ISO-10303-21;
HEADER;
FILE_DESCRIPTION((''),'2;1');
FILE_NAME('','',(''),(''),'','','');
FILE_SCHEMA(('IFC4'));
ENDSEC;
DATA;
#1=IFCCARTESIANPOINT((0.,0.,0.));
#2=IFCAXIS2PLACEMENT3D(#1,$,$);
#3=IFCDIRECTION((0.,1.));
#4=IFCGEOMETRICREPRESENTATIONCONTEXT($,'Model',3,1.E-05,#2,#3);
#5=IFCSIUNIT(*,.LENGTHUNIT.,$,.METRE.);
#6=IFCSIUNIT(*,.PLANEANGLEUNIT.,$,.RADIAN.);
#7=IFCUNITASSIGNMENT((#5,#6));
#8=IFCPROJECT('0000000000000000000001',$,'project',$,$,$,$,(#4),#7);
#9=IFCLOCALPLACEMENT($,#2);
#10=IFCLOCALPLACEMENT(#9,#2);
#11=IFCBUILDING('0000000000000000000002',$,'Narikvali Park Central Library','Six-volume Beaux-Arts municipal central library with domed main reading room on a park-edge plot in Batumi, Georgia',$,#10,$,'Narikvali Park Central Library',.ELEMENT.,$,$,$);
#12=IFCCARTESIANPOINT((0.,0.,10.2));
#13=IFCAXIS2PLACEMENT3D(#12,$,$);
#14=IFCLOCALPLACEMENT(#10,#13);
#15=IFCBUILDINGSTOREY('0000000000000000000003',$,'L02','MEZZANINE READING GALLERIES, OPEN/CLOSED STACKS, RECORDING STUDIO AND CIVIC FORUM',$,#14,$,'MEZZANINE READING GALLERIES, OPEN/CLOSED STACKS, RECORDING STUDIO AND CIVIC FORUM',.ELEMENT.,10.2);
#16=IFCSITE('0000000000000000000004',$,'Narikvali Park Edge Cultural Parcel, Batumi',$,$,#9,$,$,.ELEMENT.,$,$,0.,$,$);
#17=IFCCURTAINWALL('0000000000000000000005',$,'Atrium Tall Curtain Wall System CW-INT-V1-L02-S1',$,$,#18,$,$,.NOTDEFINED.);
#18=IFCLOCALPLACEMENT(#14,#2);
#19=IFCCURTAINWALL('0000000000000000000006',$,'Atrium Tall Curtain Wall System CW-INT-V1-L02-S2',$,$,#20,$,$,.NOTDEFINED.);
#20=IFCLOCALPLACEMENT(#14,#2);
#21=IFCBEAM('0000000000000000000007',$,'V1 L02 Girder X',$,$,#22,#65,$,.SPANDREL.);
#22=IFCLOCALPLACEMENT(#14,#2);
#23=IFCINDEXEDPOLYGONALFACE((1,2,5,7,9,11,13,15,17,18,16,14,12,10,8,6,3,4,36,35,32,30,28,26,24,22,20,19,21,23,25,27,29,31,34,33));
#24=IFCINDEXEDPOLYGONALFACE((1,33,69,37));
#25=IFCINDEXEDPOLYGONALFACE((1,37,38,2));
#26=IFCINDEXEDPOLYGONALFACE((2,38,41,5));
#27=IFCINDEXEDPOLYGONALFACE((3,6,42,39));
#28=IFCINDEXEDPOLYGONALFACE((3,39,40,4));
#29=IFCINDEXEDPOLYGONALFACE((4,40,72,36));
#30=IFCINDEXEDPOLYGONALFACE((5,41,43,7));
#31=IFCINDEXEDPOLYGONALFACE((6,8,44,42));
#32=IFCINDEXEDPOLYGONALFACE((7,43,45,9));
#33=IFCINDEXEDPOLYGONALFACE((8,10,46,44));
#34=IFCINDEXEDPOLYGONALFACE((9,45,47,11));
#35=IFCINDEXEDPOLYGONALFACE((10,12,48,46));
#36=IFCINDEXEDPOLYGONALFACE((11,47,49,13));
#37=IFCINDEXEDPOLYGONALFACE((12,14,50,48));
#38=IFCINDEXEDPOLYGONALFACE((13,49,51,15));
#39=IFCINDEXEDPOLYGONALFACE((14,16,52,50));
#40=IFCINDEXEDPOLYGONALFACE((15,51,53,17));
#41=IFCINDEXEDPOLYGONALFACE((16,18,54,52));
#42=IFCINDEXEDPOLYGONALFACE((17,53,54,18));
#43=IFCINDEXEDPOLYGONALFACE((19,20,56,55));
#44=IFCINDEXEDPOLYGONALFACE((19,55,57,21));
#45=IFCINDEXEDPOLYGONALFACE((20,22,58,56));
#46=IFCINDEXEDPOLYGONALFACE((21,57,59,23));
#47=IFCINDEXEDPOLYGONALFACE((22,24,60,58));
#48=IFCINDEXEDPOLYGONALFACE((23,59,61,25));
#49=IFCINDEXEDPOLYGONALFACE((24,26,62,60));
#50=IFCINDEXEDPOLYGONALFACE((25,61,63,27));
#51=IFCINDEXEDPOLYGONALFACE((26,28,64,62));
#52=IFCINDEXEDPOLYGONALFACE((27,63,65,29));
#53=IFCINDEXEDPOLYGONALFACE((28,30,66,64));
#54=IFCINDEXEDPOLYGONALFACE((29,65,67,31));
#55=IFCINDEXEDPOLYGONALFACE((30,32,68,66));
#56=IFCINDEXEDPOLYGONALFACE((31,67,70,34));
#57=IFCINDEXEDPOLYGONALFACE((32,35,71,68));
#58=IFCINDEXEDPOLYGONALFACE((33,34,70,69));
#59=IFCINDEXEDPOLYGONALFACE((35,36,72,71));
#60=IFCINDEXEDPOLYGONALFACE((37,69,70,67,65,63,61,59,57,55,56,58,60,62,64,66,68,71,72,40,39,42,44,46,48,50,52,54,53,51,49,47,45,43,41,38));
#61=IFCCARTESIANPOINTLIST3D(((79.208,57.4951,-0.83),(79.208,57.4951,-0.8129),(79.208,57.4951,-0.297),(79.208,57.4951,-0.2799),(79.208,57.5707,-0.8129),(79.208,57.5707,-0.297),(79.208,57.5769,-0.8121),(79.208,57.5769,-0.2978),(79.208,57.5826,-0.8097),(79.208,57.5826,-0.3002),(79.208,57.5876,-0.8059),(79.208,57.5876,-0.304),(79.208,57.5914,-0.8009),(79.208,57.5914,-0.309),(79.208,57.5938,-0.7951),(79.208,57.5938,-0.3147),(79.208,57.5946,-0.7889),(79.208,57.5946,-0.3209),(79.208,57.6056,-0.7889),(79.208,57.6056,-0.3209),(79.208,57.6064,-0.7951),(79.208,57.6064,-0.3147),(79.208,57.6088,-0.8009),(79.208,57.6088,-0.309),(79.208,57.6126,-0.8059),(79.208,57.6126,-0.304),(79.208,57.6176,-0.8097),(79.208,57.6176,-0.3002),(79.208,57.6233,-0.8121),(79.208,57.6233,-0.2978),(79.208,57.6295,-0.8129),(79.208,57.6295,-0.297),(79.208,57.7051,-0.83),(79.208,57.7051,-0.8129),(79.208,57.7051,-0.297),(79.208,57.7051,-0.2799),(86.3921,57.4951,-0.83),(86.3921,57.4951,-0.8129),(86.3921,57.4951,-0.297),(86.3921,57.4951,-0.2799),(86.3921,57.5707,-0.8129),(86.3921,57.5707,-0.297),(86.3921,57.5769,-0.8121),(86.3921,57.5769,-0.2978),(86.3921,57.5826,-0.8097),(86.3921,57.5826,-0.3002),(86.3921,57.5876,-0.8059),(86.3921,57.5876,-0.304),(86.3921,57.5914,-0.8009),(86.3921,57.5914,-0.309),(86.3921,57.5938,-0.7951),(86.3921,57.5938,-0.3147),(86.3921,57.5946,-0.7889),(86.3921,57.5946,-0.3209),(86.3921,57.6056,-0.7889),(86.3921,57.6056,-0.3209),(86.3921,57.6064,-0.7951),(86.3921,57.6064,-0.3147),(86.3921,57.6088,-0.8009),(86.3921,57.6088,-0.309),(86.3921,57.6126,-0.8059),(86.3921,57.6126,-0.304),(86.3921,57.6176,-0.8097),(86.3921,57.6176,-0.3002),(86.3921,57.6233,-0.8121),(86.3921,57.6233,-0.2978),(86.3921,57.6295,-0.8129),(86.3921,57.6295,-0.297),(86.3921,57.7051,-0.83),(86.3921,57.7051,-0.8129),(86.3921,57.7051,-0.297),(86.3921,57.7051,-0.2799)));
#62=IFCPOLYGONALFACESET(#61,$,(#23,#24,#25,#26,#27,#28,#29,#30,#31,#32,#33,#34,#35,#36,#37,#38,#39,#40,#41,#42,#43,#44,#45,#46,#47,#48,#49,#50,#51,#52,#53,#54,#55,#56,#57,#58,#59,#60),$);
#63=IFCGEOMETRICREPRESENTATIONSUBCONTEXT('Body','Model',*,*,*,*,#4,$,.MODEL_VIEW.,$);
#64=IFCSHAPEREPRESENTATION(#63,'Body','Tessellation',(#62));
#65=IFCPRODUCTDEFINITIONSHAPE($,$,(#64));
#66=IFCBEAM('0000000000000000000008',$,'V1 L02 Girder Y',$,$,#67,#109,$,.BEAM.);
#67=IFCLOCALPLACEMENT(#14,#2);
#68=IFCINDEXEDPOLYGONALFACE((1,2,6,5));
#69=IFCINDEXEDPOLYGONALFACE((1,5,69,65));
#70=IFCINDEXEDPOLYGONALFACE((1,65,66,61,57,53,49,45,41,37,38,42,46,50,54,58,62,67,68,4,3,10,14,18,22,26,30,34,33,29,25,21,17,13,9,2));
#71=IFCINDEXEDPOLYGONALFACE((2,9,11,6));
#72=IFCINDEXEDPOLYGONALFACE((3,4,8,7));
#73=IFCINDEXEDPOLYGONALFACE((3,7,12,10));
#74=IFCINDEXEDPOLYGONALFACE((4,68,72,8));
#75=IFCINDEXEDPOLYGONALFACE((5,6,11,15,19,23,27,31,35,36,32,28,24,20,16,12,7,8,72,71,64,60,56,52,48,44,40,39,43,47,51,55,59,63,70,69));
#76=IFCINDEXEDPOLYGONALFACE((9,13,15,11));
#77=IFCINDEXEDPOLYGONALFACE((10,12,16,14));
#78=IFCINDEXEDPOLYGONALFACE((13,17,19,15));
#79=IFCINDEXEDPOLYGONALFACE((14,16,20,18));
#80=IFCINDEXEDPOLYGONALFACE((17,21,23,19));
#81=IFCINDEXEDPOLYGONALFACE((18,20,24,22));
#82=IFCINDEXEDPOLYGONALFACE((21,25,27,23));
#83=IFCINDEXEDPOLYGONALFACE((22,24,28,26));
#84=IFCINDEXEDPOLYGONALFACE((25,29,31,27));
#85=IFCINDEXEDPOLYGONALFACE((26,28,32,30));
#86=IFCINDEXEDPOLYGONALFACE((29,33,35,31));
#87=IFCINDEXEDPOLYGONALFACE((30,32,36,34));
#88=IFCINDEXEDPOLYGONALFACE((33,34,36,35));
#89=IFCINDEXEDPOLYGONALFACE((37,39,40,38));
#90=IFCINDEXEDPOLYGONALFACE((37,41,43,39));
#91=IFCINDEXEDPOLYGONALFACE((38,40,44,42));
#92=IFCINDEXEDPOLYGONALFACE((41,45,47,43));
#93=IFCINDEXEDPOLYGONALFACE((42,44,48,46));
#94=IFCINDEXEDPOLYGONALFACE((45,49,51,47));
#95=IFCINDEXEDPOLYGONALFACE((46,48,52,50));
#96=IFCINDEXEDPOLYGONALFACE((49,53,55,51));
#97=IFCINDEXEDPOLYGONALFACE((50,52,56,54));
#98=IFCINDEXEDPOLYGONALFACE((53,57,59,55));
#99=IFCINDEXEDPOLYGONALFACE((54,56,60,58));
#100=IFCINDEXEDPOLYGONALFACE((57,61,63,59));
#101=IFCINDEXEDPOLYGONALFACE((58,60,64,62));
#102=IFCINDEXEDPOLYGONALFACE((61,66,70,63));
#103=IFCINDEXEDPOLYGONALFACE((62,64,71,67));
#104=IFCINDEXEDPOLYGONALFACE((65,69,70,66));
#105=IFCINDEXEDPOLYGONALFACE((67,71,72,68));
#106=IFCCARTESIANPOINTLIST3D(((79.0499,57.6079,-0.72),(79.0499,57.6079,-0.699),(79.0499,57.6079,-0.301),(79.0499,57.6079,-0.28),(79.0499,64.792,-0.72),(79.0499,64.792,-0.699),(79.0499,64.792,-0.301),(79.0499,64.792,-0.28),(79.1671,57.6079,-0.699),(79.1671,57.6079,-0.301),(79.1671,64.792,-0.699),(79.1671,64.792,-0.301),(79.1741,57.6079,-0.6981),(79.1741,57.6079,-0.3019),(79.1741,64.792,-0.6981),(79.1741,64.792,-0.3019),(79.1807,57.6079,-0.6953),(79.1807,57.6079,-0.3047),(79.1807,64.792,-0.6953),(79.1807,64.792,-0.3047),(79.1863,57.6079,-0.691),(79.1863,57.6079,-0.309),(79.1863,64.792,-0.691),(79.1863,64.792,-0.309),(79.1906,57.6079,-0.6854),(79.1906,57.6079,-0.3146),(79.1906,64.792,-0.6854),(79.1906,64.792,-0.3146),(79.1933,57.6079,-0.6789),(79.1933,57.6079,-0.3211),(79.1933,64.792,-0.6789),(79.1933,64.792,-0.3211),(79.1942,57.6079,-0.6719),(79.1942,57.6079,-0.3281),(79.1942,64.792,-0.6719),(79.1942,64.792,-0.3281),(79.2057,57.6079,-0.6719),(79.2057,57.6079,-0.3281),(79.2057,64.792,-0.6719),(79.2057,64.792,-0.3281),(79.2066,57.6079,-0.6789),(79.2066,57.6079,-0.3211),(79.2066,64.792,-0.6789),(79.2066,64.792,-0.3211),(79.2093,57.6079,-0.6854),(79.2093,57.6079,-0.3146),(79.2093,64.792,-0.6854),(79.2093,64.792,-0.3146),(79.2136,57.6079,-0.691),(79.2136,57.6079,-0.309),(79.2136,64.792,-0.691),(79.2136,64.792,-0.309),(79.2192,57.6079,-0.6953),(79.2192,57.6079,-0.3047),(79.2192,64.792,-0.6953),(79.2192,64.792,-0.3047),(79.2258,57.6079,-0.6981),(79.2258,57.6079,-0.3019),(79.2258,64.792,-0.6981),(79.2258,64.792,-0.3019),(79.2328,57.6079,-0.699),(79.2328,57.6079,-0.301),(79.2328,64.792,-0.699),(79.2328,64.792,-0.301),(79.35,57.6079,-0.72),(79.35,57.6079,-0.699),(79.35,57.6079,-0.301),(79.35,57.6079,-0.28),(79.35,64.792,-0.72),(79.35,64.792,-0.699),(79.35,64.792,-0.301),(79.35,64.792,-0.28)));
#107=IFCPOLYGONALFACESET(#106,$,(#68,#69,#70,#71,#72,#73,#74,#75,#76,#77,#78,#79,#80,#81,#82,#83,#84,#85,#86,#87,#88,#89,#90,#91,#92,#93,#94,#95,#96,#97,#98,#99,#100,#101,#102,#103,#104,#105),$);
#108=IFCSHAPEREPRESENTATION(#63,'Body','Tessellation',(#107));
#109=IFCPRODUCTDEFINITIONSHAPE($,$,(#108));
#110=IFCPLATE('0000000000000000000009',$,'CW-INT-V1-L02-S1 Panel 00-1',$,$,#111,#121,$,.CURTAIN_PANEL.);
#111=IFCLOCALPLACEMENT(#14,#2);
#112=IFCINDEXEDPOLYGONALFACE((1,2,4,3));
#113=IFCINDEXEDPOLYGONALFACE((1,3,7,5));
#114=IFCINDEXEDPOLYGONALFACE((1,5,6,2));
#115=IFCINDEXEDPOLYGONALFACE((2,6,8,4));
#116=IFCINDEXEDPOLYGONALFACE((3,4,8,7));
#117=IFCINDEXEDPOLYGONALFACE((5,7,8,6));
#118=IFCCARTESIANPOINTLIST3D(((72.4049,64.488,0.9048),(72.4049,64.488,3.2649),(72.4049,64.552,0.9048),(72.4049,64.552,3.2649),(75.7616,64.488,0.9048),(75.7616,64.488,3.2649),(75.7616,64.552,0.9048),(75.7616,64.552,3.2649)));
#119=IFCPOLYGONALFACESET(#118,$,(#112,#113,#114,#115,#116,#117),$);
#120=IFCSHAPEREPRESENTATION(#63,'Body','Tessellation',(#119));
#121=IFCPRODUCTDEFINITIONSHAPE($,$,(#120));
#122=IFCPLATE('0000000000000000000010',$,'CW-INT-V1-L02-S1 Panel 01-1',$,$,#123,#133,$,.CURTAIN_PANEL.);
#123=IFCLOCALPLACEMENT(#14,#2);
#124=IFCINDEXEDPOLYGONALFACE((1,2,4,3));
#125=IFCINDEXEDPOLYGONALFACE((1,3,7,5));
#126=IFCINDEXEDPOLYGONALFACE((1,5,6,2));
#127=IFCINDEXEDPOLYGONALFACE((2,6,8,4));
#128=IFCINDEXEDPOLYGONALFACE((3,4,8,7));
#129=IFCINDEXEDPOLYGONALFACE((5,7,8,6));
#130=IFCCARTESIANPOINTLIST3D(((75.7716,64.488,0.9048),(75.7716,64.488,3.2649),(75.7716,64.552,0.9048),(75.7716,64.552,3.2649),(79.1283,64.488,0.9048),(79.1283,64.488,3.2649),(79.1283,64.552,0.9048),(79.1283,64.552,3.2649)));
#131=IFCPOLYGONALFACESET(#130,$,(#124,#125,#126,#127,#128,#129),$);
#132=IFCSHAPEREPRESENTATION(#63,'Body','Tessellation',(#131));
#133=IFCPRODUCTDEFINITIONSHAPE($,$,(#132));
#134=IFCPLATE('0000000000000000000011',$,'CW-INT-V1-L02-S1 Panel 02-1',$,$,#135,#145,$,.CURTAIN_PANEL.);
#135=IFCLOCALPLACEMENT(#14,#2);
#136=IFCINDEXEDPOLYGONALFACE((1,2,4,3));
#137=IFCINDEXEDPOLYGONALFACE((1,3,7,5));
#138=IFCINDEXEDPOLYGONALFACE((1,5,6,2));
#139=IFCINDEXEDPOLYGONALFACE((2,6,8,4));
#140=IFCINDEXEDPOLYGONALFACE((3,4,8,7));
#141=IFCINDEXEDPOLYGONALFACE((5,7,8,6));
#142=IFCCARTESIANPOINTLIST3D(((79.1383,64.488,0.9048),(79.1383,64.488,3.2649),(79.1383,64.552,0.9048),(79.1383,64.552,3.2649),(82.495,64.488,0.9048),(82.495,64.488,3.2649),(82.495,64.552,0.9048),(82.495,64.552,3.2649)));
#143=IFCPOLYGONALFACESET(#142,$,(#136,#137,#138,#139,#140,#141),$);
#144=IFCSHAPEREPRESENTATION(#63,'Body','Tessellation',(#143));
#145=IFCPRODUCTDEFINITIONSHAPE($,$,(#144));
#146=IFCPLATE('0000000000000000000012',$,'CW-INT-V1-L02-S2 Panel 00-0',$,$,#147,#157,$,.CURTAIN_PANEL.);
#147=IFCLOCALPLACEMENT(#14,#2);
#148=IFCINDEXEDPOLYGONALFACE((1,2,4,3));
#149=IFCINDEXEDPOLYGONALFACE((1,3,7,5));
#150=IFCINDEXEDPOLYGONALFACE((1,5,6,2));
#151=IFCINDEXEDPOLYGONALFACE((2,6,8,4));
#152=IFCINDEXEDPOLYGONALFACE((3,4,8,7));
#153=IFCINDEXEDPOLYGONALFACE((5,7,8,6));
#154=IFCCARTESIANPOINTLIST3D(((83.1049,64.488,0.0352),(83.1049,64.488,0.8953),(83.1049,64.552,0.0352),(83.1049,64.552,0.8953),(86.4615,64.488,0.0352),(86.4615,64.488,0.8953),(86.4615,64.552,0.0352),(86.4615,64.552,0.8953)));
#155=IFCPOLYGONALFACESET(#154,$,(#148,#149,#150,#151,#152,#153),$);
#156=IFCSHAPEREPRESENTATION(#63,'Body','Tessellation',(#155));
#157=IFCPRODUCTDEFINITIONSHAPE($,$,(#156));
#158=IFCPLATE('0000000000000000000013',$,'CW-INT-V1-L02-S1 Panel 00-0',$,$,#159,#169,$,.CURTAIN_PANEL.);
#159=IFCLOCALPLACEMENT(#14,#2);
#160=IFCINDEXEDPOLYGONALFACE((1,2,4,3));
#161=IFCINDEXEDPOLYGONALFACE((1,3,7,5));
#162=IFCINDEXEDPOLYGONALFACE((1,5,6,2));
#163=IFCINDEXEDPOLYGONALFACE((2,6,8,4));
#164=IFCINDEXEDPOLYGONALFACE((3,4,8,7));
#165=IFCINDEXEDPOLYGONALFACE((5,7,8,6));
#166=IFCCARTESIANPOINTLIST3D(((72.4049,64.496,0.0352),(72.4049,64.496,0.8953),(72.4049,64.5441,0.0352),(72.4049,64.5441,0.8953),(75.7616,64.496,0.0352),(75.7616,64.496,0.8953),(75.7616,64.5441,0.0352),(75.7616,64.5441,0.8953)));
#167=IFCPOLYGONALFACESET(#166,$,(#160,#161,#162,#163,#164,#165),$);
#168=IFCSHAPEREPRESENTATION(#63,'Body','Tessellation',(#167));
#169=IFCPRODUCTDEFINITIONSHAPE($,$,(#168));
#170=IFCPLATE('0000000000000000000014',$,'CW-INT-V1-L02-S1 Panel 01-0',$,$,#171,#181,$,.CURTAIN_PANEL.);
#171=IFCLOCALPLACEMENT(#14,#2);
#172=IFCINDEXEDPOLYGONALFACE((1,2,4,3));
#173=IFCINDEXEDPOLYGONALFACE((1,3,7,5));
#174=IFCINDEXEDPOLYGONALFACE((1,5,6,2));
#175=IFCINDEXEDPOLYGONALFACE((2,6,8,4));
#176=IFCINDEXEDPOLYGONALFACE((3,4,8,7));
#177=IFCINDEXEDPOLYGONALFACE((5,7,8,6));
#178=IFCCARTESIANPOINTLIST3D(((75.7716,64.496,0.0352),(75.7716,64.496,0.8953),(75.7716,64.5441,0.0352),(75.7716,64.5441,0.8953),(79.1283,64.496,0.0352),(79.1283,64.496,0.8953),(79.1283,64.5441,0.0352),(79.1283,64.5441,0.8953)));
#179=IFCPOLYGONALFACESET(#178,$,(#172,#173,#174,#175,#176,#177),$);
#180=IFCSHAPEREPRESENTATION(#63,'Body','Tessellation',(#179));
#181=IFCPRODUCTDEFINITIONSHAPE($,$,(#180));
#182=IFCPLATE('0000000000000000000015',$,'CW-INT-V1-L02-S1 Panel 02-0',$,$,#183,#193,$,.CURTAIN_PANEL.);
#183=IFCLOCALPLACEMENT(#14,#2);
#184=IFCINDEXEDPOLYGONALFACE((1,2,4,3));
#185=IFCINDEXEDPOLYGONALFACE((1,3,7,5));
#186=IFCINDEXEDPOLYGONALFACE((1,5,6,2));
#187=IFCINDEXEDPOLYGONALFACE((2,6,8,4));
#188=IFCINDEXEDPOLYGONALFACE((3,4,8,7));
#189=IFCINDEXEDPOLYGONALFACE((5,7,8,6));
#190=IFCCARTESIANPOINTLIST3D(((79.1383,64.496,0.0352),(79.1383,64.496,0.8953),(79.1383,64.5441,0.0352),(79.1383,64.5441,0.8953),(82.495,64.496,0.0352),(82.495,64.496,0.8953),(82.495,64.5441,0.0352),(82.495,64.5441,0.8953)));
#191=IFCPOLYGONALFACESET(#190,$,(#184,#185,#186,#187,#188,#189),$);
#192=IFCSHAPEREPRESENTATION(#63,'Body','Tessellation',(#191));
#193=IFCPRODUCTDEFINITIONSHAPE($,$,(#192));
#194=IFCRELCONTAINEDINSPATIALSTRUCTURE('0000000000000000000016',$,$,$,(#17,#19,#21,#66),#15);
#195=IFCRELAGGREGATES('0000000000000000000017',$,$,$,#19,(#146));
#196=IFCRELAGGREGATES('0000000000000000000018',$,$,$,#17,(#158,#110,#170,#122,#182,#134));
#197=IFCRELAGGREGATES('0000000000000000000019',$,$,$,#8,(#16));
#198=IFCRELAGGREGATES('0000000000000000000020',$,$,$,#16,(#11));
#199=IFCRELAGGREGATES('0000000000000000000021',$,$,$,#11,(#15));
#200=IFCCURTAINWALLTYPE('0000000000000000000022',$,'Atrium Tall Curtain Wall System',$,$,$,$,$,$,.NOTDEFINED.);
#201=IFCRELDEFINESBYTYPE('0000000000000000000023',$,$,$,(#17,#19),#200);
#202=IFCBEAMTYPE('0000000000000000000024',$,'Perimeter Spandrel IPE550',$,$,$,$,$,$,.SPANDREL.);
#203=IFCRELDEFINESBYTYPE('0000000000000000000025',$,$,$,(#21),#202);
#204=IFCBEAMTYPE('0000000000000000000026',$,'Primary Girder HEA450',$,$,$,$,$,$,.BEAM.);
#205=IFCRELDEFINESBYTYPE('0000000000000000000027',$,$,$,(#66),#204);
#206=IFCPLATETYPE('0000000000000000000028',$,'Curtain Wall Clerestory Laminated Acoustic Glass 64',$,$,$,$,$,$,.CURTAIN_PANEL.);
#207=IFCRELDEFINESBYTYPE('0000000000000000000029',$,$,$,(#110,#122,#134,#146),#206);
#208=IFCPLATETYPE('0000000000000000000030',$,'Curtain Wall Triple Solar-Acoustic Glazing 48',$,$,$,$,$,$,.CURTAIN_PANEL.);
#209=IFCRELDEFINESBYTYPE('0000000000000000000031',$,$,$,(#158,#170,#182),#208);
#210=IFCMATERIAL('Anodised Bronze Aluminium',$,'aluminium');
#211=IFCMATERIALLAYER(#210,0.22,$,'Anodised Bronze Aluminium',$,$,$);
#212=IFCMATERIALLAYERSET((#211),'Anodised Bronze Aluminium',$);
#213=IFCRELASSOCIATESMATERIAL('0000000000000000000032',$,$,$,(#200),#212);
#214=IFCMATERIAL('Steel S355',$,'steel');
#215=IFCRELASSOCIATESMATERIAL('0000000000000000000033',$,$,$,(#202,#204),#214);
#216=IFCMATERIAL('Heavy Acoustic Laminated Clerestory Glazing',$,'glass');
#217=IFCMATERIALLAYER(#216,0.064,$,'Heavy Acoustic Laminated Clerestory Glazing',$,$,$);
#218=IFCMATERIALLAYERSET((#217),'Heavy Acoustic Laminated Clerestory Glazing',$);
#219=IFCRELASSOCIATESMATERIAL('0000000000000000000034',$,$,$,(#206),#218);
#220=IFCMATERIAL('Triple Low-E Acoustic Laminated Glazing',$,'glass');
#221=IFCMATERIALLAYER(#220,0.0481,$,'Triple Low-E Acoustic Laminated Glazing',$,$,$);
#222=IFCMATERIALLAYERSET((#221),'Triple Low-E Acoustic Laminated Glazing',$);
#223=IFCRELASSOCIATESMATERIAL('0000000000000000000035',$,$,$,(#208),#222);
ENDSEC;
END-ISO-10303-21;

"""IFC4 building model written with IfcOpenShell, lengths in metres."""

from ifc_helpers import new_model, si_unit, direction, frame, origin, origin_2d, place, context, subcontext, project, spatial, rectangle, i_section, extrude, material, layer, layer_set, material_profile, profile_set, type_object, element, aggregate, save


model = new_model("IFC4")

# Units and contexts
model_context = context("Model", 3, precision=1e-05, world=origin(), true_north=direction((0.0, 1.0)))
body_context = subcontext(model_context, "Body", "Model", "MODEL_VIEW")
ifc_project = project(units=[si_unit("LENGTHUNIT", "METRE"), si_unit("PLANEANGLEUNIT", "RADIAN")], contexts=[model_context])

# Site, building, storey
site_placement = place(None, origin())
site = spatial("IfcSite", under=ifc_project, at=site_placement, Name="Narikvali Park Edge Cultural Parcel, Batumi", CompositionType="ELEMENT", RefElevation=0.0)
building_placement = place(site_placement, origin())
building = spatial("IfcBuilding", under=site, at=building_placement, Name="Narikvali Park Central Library", Description="Six-volume Beaux-Arts municipal central library with domed main reading room on a park-edge plot in Batumi, Georgia", LongName="Narikvali Park Central Library", CompositionType="ELEMENT")
storey_placement = place(building_placement, frame((0.0, 0.0, 10.2)))
storey = spatial("IfcBuildingStorey", under=building, at=storey_placement, Name="L02", Description="MEZZANINE READING GALLERIES, OPEN/CLOSED STACKS, RECORDING STUDIO AND CIVIC FORUM", LongName="MEZZANINE READING GALLERIES, OPEN/CLOSED STACKS, RECORDING STUDIO AND CIVIC FORUM", CompositionType="ELEMENT", Elevation=10.2)

# Shared definitions
ifc_material_1 = material(Name="Steel S355", Category="steel")

# Curtain walls
ifc_material_2 = material(Name="Anodised Bronze Aluminium", Category="aluminium")
ifc_layer_1 = layer(ifc_material_2, 0.22, Name="Anodised Bronze Aluminium")
ifc_layer_set_1 = layer_set([ifc_layer_1], Name="Anodised Bronze Aluminium")
curtain_wall_type = type_object("IfcCurtainWallType", Name="Atrium Tall Curtain Wall System", PredefinedType="NOTDEFINED", material=ifc_layer_set_1)
curtain_wall_1_placement = place(storey_placement, origin())
curtain_wall_1 = element("IfcCurtainWall", 1, at=curtain_wall_1_placement, inside=storey, type_object=curtain_wall_type, Name="Atrium Tall Curtain Wall System CW-INT-V1-L02-S1", PredefinedType="NOTDEFINED")
curtain_wall_2_placement = place(storey_placement, origin())
curtain_wall_2 = element("IfcCurtainWall", 2, at=curtain_wall_2_placement, inside=storey, type_object=curtain_wall_type, Name="Atrium Tall Curtain Wall System CW-INT-V1-L02-S2", PredefinedType="NOTDEFINED")

# Beams
ifc_material_profile_1 = material_profile(ifc_material_1, i_section(OverallWidth=0.21, OverallDepth=0.55, WebThickness=0.011, FlangeThickness=0.0171, FilletRadius=0.0239, at=origin_2d()), Name="IPE 550")
ifc_profile_set_1 = profile_set([ifc_material_profile_1], Name="Steel S355")
beam_type_1 = type_object("IfcBeamType", Name="Perimeter Spandrel IPE550", PredefinedType="SPANDREL", material=ifc_profile_set_1)
beam_1_placement = place(storey_placement, frame((79.208, 57.6001, -0.5549), z_axis=(1.0, 0.0, 0.0), x_axis=(0.0, 1.0, 0.0)))
element("IfcBeam", 3, at=beam_1_placement, inside=storey, type_object=beam_type_1, Name="V1 L02 Girder X", PredefinedType="SPANDREL", context=body_context, shape_type="SweptSolid", body=[
    extrude(i_section(OverallWidth=0.21, OverallDepth=0.55, WebThickness=0.011, FlangeThickness=0.0171, FilletRadius=0.0239, at=origin_2d()), origin(), (0.0, 0.0, 1.0), 7.1841),
])
ifc_material_profile_2 = material_profile(ifc_material_1, i_section(OverallWidth=0.3, OverallDepth=0.4399, WebThickness=0.0115, FlangeThickness=0.021, FilletRadius=0.0271, at=origin_2d()), Name="HEA 450")
ifc_profile_set_2 = profile_set([ifc_material_profile_2], Name="Steel S355")
beam_type_2 = type_object("IfcBeamType", Name="Primary Girder HEA450", PredefinedType="BEAM", material=ifc_profile_set_2)
beam_2_placement = place(storey_placement, frame((79.2, 57.6079, -0.5), z_axis=(0.0, 1.0, 0.0), x_axis=(-1.0, 0.0, 0.0)))
element("IfcBeam", 4, at=beam_2_placement, inside=storey, type_object=beam_type_2, Name="V1 L02 Girder Y", PredefinedType="BEAM", context=body_context, shape_type="SweptSolid", body=[
    extrude(i_section(OverallWidth=0.3, OverallDepth=0.4399, WebThickness=0.0115, FlangeThickness=0.021, FilletRadius=0.0271, at=origin_2d()), origin(), (0.0, 0.0, 1.0), 7.1841),
])

# Plates
ifc_material_3 = material(Name="Heavy Acoustic Laminated Clerestory Glazing", Category="glass")
ifc_layer_2 = layer(ifc_material_3, 0.064, Name="Heavy Acoustic Laminated Clerestory Glazing")
ifc_layer_set_2 = layer_set([ifc_layer_2], Name="Heavy Acoustic Laminated Clerestory Glazing")
plate_type_1 = type_object("IfcPlateType", Name="Curtain Wall Clerestory Laminated Acoustic Glass 64", PredefinedType="CURTAIN_PANEL", material=ifc_layer_set_2)
plate_1_placement = place(storey_placement, frame((74.0833, 64.52, 0.9048), z_axis=(0.0, 0.0, 1.0), x_axis=(1.0, 0.0, 0.0)))
plate_1 = element("IfcPlate", 5, at=plate_1_placement, type_object=plate_type_1, Name="CW-INT-V1-L02-S1 Panel 00-1", PredefinedType="CURTAIN_PANEL", context=body_context, shape_type="SweptSolid", body=[
    extrude(rectangle(XDim=3.3567, YDim=0.064, at=origin_2d()), origin(), (0.0, 0.0, 1.0), 2.3601),
])
plate_2_placement = place(storey_placement, frame((77.45, 64.52, 0.9048), z_axis=(0.0, 0.0, 1.0), x_axis=(1.0, 0.0, 0.0)))
plate_2 = element("IfcPlate", 6, at=plate_2_placement, type_object=plate_type_1, Name="CW-INT-V1-L02-S1 Panel 01-1", PredefinedType="CURTAIN_PANEL", context=body_context, shape_type="SweptSolid", body=[
    extrude(rectangle(XDim=3.3567, YDim=0.064, at=origin_2d()), origin(), (0.0, 0.0, 1.0), 2.3601),
])
plate_3_placement = place(storey_placement, frame((80.8167, 64.52, 0.9048), z_axis=(0.0, 0.0, 1.0), x_axis=(1.0, 0.0, 0.0)))
plate_3 = element("IfcPlate", 7, at=plate_3_placement, type_object=plate_type_1, Name="CW-INT-V1-L02-S1 Panel 02-1", PredefinedType="CURTAIN_PANEL", context=body_context, shape_type="SweptSolid", body=[
    extrude(rectangle(XDim=3.3567, YDim=0.064, at=origin_2d()), origin(), (0.0, 0.0, 1.0), 2.3601),
])
plate_4_placement = place(storey_placement, frame((84.7832, 64.52, 0.0352), z_axis=(0.0, 0.0, 1.0), x_axis=(1.0, 0.0, 0.0)))
plate_4 = element("IfcPlate", 8, at=plate_4_placement, type_object=plate_type_1, Name="CW-INT-V1-L02-S2 Panel 00-0", PredefinedType="CURTAIN_PANEL", context=body_context, shape_type="SweptSolid", body=[
    extrude(rectangle(XDim=3.3567, YDim=0.064, at=origin_2d()), origin(), (0.0, 0.0, 1.0), 0.8601),
])
aggregate(curtain_wall_2, [plate_4])
ifc_material_4 = material(Name="Triple Low-E Acoustic Laminated Glazing", Category="glass")
ifc_layer_3 = layer(ifc_material_4, 0.0481, Name="Triple Low-E Acoustic Laminated Glazing")
ifc_layer_set_3 = layer_set([ifc_layer_3], Name="Triple Low-E Acoustic Laminated Glazing")
plate_type_2 = type_object("IfcPlateType", Name="Curtain Wall Triple Solar-Acoustic Glazing 48", PredefinedType="CURTAIN_PANEL", material=ifc_layer_set_3)
plate_5_placement = place(storey_placement, frame((74.0833, 64.52, 0.0352), z_axis=(0.0, 0.0, 1.0), x_axis=(1.0, 0.0, 0.0)))
plate_5 = element("IfcPlate", 9, at=plate_5_placement, type_object=plate_type_2, Name="CW-INT-V1-L02-S1 Panel 00-0", PredefinedType="CURTAIN_PANEL", context=body_context, shape_type="SweptSolid", body=[
    extrude(rectangle(XDim=3.3567, YDim=0.0481, at=origin_2d()), origin(), (0.0, 0.0, 1.0), 0.8601),
])
plate_6_placement = place(storey_placement, frame((77.45, 64.52, 0.0352), z_axis=(0.0, 0.0, 1.0), x_axis=(1.0, 0.0, 0.0)))
plate_6 = element("IfcPlate", 10, at=plate_6_placement, type_object=plate_type_2, Name="CW-INT-V1-L02-S1 Panel 01-0", PredefinedType="CURTAIN_PANEL", context=body_context, shape_type="SweptSolid", body=[
    extrude(rectangle(XDim=3.3567, YDim=0.0481, at=origin_2d()), origin(), (0.0, 0.0, 1.0), 0.8601),
])
plate_7_placement = place(storey_placement, frame((80.8167, 64.52, 0.0352), z_axis=(0.0, 0.0, 1.0), x_axis=(1.0, 0.0, 0.0)))
plate_7 = element("IfcPlate", 11, at=plate_7_placement, type_object=plate_type_2, Name="CW-INT-V1-L02-S1 Panel 02-0", PredefinedType="CURTAIN_PANEL", context=body_context, shape_type="SweptSolid", body=[
    extrude(rectangle(XDim=3.3567, YDim=0.0481, at=origin_2d()), origin(), (0.0, 0.0, 1.0), 0.8601),
])
aggregate(curtain_wall_1, [plate_5, plate_1, plate_6, plate_2, plate_7, plate_3])

save(model, "model.ifc")
